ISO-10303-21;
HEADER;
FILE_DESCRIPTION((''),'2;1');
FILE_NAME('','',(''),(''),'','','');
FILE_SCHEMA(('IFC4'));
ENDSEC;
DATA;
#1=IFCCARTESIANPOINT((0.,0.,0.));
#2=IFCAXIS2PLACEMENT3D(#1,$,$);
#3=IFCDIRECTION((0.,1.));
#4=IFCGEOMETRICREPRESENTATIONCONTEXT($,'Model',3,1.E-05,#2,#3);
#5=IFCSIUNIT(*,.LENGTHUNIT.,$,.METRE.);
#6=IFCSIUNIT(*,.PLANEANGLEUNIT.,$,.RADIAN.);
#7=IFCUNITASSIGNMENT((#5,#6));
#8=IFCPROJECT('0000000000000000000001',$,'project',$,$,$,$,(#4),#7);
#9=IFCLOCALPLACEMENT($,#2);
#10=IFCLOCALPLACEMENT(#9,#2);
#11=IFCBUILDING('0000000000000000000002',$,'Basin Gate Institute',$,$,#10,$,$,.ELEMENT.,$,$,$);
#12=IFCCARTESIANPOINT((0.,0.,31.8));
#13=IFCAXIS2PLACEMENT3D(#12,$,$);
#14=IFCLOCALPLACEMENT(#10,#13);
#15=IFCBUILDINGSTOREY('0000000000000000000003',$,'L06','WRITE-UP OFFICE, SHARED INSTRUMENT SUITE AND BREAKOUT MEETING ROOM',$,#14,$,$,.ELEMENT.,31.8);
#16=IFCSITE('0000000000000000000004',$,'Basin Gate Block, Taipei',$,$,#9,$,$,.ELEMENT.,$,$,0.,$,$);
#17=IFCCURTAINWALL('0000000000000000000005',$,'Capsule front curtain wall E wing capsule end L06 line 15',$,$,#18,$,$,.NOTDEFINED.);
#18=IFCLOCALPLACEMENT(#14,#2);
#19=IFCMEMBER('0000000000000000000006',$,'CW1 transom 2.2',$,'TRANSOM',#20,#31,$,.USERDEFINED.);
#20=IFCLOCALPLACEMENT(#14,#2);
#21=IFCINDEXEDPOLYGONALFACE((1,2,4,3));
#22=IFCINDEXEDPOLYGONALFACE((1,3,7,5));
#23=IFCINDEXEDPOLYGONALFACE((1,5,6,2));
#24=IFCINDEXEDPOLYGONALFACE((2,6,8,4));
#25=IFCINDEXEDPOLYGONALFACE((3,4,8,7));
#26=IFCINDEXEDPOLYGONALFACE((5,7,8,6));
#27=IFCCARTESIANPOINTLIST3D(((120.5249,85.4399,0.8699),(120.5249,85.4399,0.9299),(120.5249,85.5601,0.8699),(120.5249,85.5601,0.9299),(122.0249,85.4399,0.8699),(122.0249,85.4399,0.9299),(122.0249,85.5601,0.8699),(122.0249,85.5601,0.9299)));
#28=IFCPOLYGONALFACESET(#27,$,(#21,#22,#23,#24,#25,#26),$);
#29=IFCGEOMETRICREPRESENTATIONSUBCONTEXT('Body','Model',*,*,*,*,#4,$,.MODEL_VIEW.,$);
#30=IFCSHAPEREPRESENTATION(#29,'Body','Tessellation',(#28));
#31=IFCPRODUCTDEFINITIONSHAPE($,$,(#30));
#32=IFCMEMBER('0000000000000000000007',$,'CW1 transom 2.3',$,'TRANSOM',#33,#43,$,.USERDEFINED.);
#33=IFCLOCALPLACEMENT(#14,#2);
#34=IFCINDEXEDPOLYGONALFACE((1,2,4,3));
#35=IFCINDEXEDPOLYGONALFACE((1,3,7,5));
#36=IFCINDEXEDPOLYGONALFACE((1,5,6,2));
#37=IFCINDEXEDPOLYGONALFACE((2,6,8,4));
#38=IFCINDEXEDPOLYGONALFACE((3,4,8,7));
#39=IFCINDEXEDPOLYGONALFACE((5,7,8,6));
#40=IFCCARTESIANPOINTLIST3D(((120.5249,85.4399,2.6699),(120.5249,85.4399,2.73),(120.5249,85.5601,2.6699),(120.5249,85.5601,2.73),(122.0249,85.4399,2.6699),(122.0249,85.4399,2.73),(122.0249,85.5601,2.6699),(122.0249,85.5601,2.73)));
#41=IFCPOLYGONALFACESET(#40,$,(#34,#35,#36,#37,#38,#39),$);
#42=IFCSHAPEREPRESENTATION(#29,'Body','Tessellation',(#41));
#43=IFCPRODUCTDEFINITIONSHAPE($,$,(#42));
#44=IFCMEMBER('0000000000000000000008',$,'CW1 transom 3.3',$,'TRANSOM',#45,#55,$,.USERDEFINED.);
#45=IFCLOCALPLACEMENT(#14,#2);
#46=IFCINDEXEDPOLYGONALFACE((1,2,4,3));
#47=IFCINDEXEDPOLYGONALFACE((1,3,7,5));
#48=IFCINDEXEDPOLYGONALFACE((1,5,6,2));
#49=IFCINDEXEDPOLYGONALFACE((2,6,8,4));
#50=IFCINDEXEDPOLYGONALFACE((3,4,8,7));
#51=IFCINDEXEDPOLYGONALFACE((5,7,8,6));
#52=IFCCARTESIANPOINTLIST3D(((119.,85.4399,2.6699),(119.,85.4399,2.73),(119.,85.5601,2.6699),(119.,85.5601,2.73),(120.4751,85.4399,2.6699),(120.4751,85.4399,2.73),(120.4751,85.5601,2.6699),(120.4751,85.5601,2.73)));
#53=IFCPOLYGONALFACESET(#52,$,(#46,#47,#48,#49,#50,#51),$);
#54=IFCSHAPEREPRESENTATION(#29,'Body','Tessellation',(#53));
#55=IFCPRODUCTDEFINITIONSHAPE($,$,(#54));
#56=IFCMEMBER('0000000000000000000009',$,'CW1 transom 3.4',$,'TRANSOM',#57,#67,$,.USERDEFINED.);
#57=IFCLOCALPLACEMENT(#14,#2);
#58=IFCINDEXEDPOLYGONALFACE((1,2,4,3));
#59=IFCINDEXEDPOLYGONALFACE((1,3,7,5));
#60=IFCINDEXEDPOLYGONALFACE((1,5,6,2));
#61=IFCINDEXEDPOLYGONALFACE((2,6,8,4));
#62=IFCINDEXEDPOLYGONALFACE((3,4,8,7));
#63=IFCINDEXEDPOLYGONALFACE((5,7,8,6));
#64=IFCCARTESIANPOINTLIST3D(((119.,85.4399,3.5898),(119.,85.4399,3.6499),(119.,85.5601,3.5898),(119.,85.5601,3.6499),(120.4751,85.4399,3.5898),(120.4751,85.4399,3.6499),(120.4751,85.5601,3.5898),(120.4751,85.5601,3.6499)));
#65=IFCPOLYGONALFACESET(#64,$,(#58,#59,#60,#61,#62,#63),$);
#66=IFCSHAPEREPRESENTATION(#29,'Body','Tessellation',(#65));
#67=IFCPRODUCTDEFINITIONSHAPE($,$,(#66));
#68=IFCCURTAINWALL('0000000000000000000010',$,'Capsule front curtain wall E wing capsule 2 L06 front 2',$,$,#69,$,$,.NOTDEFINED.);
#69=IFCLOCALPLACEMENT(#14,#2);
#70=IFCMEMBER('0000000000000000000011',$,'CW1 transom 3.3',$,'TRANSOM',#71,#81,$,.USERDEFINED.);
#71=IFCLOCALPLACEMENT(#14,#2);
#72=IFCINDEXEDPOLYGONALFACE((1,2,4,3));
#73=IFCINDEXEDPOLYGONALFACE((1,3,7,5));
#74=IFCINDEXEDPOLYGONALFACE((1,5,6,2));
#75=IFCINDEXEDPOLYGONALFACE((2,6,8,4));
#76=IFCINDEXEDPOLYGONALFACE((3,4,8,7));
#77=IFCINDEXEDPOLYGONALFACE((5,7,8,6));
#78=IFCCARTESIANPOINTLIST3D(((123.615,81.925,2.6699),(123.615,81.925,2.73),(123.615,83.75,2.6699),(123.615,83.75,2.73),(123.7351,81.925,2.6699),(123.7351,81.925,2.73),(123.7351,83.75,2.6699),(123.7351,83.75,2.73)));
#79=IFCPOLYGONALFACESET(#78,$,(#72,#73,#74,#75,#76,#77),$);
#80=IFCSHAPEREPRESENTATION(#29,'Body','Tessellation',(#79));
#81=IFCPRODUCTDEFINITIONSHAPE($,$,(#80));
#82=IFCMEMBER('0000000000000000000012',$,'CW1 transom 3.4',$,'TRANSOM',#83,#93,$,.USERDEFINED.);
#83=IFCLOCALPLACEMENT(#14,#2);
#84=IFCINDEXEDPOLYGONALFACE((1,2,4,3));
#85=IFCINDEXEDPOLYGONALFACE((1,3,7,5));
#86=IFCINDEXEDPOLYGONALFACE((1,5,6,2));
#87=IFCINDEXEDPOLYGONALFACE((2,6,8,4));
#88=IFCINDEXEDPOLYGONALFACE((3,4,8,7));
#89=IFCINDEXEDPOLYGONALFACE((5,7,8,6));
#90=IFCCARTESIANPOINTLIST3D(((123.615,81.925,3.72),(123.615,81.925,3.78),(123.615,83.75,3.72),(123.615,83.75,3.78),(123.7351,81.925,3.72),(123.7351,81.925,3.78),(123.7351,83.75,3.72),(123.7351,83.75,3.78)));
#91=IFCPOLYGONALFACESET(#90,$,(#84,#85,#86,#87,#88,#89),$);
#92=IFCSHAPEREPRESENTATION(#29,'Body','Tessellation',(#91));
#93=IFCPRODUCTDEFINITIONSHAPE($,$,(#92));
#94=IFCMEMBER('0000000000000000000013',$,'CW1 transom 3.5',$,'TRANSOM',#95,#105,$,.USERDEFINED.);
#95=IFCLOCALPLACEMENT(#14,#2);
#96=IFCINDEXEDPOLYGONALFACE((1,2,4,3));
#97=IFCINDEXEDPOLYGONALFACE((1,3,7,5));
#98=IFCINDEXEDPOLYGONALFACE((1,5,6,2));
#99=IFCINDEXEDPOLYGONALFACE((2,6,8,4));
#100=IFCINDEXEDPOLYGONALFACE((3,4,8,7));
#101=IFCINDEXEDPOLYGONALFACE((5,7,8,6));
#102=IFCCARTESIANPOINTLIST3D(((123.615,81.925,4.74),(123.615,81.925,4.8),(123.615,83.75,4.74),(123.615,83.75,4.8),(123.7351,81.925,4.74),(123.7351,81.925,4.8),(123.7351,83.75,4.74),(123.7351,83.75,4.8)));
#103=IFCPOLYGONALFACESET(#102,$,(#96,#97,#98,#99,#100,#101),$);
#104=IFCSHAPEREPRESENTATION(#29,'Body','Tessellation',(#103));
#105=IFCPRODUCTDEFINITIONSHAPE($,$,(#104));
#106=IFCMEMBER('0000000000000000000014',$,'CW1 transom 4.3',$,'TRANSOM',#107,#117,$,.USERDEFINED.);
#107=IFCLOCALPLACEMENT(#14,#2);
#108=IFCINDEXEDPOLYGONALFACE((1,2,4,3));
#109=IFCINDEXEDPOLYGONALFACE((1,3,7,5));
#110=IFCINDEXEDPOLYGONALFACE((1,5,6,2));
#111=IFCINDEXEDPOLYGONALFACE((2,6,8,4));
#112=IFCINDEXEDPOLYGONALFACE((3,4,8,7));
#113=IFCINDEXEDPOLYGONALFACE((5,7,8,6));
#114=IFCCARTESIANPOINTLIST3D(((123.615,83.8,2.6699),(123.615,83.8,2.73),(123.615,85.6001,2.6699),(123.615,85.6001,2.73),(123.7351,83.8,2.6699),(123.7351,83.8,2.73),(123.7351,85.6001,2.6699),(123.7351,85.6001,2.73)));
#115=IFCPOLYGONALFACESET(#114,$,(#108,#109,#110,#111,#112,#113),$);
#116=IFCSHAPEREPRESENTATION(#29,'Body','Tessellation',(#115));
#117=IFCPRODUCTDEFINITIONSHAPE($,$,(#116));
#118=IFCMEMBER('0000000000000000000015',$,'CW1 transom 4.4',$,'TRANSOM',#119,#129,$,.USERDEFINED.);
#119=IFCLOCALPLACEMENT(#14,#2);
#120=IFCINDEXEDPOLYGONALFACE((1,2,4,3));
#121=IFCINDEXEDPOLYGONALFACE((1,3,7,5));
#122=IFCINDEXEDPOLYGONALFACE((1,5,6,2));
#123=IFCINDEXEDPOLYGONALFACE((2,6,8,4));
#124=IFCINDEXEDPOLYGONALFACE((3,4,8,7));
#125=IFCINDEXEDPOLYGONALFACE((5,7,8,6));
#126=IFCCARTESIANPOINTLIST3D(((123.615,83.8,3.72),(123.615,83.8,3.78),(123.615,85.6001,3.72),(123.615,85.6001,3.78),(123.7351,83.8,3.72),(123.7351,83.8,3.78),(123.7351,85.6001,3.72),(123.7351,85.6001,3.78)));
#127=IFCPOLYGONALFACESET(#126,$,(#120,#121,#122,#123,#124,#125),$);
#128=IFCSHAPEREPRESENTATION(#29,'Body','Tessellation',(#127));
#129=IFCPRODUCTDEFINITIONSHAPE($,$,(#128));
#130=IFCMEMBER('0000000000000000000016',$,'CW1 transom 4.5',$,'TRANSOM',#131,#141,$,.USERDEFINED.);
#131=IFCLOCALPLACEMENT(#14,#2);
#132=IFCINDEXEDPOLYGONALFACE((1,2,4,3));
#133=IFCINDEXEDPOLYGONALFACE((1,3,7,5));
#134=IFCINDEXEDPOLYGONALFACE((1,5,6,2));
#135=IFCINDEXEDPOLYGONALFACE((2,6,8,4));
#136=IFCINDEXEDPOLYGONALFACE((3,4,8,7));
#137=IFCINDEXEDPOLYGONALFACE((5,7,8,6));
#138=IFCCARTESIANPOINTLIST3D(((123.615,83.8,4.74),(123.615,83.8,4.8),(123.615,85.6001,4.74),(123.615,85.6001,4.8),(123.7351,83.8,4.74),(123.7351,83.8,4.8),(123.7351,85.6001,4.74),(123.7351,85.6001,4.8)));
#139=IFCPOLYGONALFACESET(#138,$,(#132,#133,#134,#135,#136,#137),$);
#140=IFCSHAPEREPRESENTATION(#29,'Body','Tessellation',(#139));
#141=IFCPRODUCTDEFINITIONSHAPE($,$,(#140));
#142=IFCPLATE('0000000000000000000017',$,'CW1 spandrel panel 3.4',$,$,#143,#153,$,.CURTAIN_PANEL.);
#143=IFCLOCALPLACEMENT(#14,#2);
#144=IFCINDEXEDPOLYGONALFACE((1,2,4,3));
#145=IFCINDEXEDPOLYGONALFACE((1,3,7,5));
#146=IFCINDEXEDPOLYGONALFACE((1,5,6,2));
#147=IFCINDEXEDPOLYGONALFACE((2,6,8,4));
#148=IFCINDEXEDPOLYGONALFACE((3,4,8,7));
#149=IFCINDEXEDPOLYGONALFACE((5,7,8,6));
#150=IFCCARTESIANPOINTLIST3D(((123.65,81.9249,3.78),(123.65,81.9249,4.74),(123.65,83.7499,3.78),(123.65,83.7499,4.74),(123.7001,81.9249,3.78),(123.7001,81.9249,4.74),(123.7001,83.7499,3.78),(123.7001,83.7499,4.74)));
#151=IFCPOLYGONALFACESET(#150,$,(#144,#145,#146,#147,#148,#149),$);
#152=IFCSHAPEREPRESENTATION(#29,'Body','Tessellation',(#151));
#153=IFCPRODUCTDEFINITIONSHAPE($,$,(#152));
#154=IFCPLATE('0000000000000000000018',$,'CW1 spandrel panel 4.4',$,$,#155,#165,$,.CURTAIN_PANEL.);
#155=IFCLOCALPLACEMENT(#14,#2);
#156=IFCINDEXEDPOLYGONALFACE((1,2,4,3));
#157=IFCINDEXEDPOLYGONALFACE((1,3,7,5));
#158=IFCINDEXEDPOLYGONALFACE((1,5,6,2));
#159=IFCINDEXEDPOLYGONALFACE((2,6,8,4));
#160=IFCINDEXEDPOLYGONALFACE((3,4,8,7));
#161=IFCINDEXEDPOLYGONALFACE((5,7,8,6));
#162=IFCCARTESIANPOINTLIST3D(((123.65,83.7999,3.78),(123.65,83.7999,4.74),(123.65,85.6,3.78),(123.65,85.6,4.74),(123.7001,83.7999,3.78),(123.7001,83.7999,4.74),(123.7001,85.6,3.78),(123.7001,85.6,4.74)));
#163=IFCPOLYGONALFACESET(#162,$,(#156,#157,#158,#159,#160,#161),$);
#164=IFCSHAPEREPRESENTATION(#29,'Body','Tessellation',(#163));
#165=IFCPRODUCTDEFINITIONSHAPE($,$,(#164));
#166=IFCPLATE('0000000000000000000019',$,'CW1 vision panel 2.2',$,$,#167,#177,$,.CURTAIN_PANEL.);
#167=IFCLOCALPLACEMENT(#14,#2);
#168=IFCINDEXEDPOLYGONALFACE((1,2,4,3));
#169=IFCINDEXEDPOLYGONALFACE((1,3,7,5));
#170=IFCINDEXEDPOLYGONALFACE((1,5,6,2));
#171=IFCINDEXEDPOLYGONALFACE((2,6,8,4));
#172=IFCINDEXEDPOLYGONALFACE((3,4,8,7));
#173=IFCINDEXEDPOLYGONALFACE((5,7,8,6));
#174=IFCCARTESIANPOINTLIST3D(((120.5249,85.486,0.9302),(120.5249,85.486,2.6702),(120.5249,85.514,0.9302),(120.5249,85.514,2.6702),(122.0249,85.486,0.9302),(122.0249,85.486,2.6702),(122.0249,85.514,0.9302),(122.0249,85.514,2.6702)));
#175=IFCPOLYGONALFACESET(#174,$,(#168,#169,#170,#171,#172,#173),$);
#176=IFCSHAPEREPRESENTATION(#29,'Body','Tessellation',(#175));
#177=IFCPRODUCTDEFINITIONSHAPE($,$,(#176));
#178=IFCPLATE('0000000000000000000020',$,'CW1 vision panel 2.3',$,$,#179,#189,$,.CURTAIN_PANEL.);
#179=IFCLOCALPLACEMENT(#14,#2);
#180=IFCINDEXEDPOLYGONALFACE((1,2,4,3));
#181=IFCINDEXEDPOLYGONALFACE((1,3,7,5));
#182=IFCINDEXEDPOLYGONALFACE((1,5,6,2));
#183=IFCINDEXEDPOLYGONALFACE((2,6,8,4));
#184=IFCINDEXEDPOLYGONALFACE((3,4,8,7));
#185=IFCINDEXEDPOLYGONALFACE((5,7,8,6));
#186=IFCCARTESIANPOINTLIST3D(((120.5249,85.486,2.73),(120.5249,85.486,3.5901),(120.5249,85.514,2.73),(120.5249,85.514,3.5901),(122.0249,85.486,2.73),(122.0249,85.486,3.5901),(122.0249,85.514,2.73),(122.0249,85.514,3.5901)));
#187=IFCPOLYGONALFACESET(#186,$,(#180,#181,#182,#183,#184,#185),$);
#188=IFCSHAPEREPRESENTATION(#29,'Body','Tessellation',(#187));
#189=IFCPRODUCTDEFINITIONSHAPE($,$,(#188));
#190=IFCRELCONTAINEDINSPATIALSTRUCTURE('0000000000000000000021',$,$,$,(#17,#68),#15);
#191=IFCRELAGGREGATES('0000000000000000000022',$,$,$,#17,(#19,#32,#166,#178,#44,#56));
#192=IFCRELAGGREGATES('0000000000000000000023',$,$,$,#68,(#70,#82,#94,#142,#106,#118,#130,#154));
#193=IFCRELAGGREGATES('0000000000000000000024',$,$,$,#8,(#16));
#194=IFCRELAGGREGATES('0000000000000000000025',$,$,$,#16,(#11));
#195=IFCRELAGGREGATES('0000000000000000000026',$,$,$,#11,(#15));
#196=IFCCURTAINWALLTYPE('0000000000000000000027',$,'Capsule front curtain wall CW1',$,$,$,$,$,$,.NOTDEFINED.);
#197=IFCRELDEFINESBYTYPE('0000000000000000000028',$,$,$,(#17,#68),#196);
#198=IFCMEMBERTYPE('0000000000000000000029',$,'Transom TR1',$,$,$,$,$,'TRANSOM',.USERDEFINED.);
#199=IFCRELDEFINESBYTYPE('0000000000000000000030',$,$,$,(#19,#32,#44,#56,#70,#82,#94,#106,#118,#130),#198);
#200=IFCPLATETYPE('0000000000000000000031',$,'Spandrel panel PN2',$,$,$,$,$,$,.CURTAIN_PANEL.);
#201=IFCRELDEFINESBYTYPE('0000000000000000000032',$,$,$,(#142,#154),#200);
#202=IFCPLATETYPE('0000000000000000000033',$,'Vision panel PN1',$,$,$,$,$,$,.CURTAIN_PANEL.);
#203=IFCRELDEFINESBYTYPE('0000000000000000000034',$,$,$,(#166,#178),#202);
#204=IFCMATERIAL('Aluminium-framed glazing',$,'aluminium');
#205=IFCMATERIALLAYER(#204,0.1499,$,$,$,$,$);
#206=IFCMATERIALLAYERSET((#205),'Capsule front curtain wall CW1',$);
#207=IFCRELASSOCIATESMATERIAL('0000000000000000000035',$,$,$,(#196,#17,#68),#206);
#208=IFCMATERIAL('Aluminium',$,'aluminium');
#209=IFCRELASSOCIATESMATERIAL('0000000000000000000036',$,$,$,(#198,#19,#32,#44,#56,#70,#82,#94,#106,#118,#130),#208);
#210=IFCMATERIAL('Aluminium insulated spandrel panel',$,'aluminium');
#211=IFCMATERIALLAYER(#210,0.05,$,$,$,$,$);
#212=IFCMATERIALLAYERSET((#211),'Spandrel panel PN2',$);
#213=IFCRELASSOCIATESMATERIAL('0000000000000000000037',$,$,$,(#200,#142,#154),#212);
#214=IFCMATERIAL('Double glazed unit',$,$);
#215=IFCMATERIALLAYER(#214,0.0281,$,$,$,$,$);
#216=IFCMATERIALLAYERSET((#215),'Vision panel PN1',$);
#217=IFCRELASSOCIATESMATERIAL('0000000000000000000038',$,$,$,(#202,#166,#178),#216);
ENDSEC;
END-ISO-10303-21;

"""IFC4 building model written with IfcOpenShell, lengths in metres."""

from ifc_helpers import new_model, si_unit, direction, frame, origin, origin_2d, place, context, subcontext, project, spatial, rectangle, extrude, material, layer, layer_set, material_profile, profile_set, type_object, element, aggregate, save


model = new_model("IFC4")

# Units and contexts
model_context = context("Model", 3, precision=1e-05, world=origin(), true_north=direction((0.0, 1.0)))
body_context = subcontext(model_context, "Body", "Model", "MODEL_VIEW")
ifc_project = project(units=[si_unit("LENGTHUNIT", "METRE"), si_unit("PLANEANGLEUNIT", "RADIAN")], contexts=[model_context])

# Site, building, storey
site_placement = place(None, origin())
site = spatial("IfcSite", under=ifc_project, at=site_placement, Name="Basin Gate Block, Taipei", CompositionType="ELEMENT", RefElevation=0.0)
building_placement = place(site_placement, origin())
building = spatial("IfcBuilding", under=site, at=building_placement, Name="Basin Gate Institute", CompositionType="ELEMENT")
storey_placement = place(building_placement, frame((0.0, 0.0, 31.8)))
storey = spatial("IfcBuildingStorey", under=building, at=storey_placement, Name="L06", Description="WRITE-UP OFFICE, SHARED INSTRUMENT SUITE AND BREAKOUT MEETING ROOM", CompositionType="ELEMENT", Elevation=31.8)

# Curtain wall, members
ifc_material_1 = material(Name="Aluminium-framed glazing", Category="aluminium")
ifc_layer_1 = layer(ifc_material_1, 0.1499)
ifc_layer_set_1 = layer_set([ifc_layer_1], Name="Capsule front curtain wall CW1")
curtain_wall_type = type_object("IfcCurtainWallType", Name="Capsule front curtain wall CW1", PredefinedType="NOTDEFINED", material=ifc_layer_set_1)
curtain_wall_1_placement = place(storey_placement, origin())
curtain_wall_1 = element("IfcCurtainWall", 1, at=curtain_wall_1_placement, inside=storey, type_object=curtain_wall_type, material=ifc_layer_set_1, Name="Capsule front curtain wall E wing capsule end L06 line 15", PredefinedType="NOTDEFINED")
ifc_material_2 = material(Name="Aluminium", Category="aluminium")
ifc_material_profile = material_profile(ifc_material_2, rectangle(XDim=0.1201, YDim=0.0601, at=origin_2d()), Name="Transom TR1 120 x 60")
ifc_profile_set = profile_set([ifc_material_profile], Name="Aluminium")
member_type = type_object("IfcMemberType", Name="Transom TR1", ElementType="TRANSOM", PredefinedType="USERDEFINED", material=ifc_profile_set)
member_1_placement = place(storey_placement, frame((122.0249, 85.5, 0.8999), z_axis=(-1.0, 0.0, 0.0), x_axis=(0.0, -1.0, 0.0)))
member_1 = element("IfcMember", 2, at=member_1_placement, type_object=member_type, material=ifc_profile_set, Name="CW1 transom 2.2", ObjectType="TRANSOM", PredefinedType="USERDEFINED", context=body_context, shape_type="SweptSolid", body=[
    extrude(rectangle(XDim=0.1201, YDim=0.0601, at=origin_2d()), origin(), (0.0, 0.0, 1.0), 1.5),
])
member_2_placement = place(storey_placement, frame((122.0249, 85.5, 2.7), z_axis=(-1.0, 0.0, 0.0), x_axis=(0.0, -1.0, 0.0)))
member_2 = element("IfcMember", 3, at=member_2_placement, type_object=member_type, material=ifc_profile_set, Name="CW1 transom 2.3", ObjectType="TRANSOM", PredefinedType="USERDEFINED", context=body_context, shape_type="SweptSolid", body=[
    extrude(rectangle(XDim=0.1201, YDim=0.0601, at=origin_2d()), origin(), (0.0, 0.0, 1.0), 1.5),
])
member_3_placement = place(storey_placement, frame((120.4751, 85.5, 2.7), z_axis=(-1.0, 0.0, 0.0), x_axis=(0.0, -1.0, 0.0)))
member_3 = element("IfcMember", 4, at=member_3_placement, type_object=member_type, material=ifc_profile_set, Name="CW1 transom 3.3", ObjectType="TRANSOM", PredefinedType="USERDEFINED", context=body_context, shape_type="SweptSolid", body=[
    extrude(rectangle(XDim=0.1201, YDim=0.0601, at=origin_2d()), origin(), (0.0, 0.0, 1.0), 1.4751),
])
member_4_placement = place(storey_placement, frame((120.4751, 85.5, 3.6199), z_axis=(-1.0, 0.0, 0.0), x_axis=(0.0, -1.0, 0.0)))
member_4 = element("IfcMember", 5, at=member_4_placement, type_object=member_type, material=ifc_profile_set, Name="CW1 transom 3.4", ObjectType="TRANSOM", PredefinedType="USERDEFINED", context=body_context, shape_type="SweptSolid", body=[
    extrude(rectangle(XDim=0.1201, YDim=0.0601, at=origin_2d()), origin(), (0.0, 0.0, 1.0), 1.4751),
])

# Curtain wall, members, plates
curtain_wall_2_placement = place(storey_placement, origin())
curtain_wall_2 = element("IfcCurtainWall", 6, at=curtain_wall_2_placement, inside=storey, type_object=curtain_wall_type, material=ifc_layer_set_1, Name="Capsule front curtain wall E wing capsule 2 L06 front 2", PredefinedType="NOTDEFINED")
member_5_placement = place(storey_placement, frame((123.675, 81.925, 2.7), z_axis=(0.0, 1.0, 0.0), x_axis=(-1.0, 0.0, 0.0)))
member_5 = element("IfcMember", 7, at=member_5_placement, type_object=member_type, material=ifc_profile_set, Name="CW1 transom 3.3", ObjectType="TRANSOM", PredefinedType="USERDEFINED", context=body_context, shape_type="SweptSolid", body=[
    extrude(rectangle(XDim=0.1201, YDim=0.0601, at=origin_2d()), origin(), (0.0, 0.0, 1.0), 1.825),
])
member_6_placement = place(storey_placement, frame((123.675, 81.925, 3.75), z_axis=(0.0, 1.0, 0.0), x_axis=(-1.0, 0.0, 0.0)))
member_6 = element("IfcMember", 8, at=member_6_placement, type_object=member_type, material=ifc_profile_set, Name="CW1 transom 3.4", ObjectType="TRANSOM", PredefinedType="USERDEFINED", context=body_context, shape_type="SweptSolid", body=[
    extrude(rectangle(XDim=0.1201, YDim=0.0601, at=origin_2d()), origin(), (0.0, 0.0, 1.0), 1.825),
])
member_7_placement = place(storey_placement, frame((123.675, 81.925, 4.77), z_axis=(0.0, 1.0, 0.0), x_axis=(-1.0, 0.0, 0.0)))
member_7 = element("IfcMember", 9, at=member_7_placement, type_object=member_type, material=ifc_profile_set, Name="CW1 transom 3.5", ObjectType="TRANSOM", PredefinedType="USERDEFINED", context=body_context, shape_type="SweptSolid", body=[
    extrude(rectangle(XDim=0.1201, YDim=0.0601, at=origin_2d()), origin(), (0.0, 0.0, 1.0), 1.825),
])
member_8_placement = place(storey_placement, frame((123.675, 83.8, 2.7), z_axis=(0.0, 1.0, 0.0), x_axis=(-1.0, 0.0, 0.0)))
member_8 = element("IfcMember", 10, at=member_8_placement, type_object=member_type, material=ifc_profile_set, Name="CW1 transom 4.3", ObjectType="TRANSOM", PredefinedType="USERDEFINED", context=body_context, shape_type="SweptSolid", body=[
    extrude(rectangle(XDim=0.1201, YDim=0.0601, at=origin_2d()), origin(), (0.0, 0.0, 1.0), 1.8),
])
member_9_placement = place(storey_placement, frame((123.675, 83.8, 3.75), z_axis=(0.0, 1.0, 0.0), x_axis=(-1.0, 0.0, 0.0)))
member_9 = element("IfcMember", 11, at=member_9_placement, type_object=member_type, material=ifc_profile_set, Name="CW1 transom 4.4", ObjectType="TRANSOM", PredefinedType="USERDEFINED", context=body_context, shape_type="SweptSolid", body=[
    extrude(rectangle(XDim=0.1201, YDim=0.0601, at=origin_2d()), origin(), (0.0, 0.0, 1.0), 1.8),
])
member_10_placement = place(storey_placement, frame((123.675, 83.8, 4.77), z_axis=(0.0, 1.0, 0.0), x_axis=(-1.0, 0.0, 0.0)))
member_10 = element("IfcMember", 12, at=member_10_placement, type_object=member_type, material=ifc_profile_set, Name="CW1 transom 4.5", ObjectType="TRANSOM", PredefinedType="USERDEFINED", context=body_context, shape_type="SweptSolid", body=[
    extrude(rectangle(XDim=0.1201, YDim=0.0601, at=origin_2d()), origin(), (0.0, 0.0, 1.0), 1.8),
])
ifc_material_3 = material(Name="Aluminium insulated spandrel panel", Category="aluminium")
ifc_layer_2 = layer(ifc_material_3, 0.05)
ifc_layer_set_2 = layer_set([ifc_layer_2], Name="Spandrel panel PN2")
plate_type_1 = type_object("IfcPlateType", Name="Spandrel panel PN2", PredefinedType="CURTAIN_PANEL", material=ifc_layer_set_2)
plate_1_placement = place(storey_placement, frame((123.675, 82.8374, 3.78), z_axis=(0.0, 0.0, 1.0), x_axis=(0.0, 1.0, 0.0)))
plate_1 = element("IfcPlate", 13, at=plate_1_placement, type_object=plate_type_1, material=ifc_layer_set_2, Name="CW1 spandrel panel 3.4", PredefinedType="CURTAIN_PANEL", context=body_context, shape_type="SweptSolid", body=[
    extrude(rectangle(XDim=1.825, YDim=0.05, at=origin_2d()), origin(), (0.0, 0.0, 1.0), 0.96),
])
plate_2_placement = place(storey_placement, frame((123.675, 84.7, 3.78), z_axis=(0.0, 0.0, 1.0), x_axis=(0.0, 1.0, 0.0)))
plate_2 = element("IfcPlate", 14, at=plate_2_placement, type_object=plate_type_1, material=ifc_layer_set_2, Name="CW1 spandrel panel 4.4", PredefinedType="CURTAIN_PANEL", context=body_context, shape_type="SweptSolid", body=[
    extrude(rectangle(XDim=1.8, YDim=0.05, at=origin_2d()), origin(), (0.0, 0.0, 1.0), 0.96),
])

# Plates
ifc_material_4 = material(Name="Double glazed unit")
ifc_layer_3 = layer(ifc_material_4, 0.0281)
ifc_layer_set_3 = layer_set([ifc_layer_3], Name="Vision panel PN1")
plate_type_2 = type_object("IfcPlateType", Name="Vision panel PN1", PredefinedType="CURTAIN_PANEL", material=ifc_layer_set_3)
plate_3_placement = place(storey_placement, frame((121.2749, 85.5, 0.9302), z_axis=(0.0, 0.0, 1.0), x_axis=(-1.0, 0.0, 0.0)))
plate_3 = element("IfcPlate", 15, at=plate_3_placement, type_object=plate_type_2, material=ifc_layer_set_3, Name="CW1 vision panel 2.2", PredefinedType="CURTAIN_PANEL", context=body_context, shape_type="SweptSolid", body=[
    extrude(rectangle(XDim=1.5, YDim=0.0281, at=origin_2d()), origin(), (0.0, 0.0, 1.0), 1.74),
])
plate_4_placement = place(storey_placement, frame((121.2749, 85.5, 2.73), z_axis=(0.0, 0.0, 1.0), x_axis=(-1.0, 0.0, 0.0)))
plate_4 = element("IfcPlate", 16, at=plate_4_placement, type_object=plate_type_2, material=ifc_layer_set_3, Name="CW1 vision panel 2.3", PredefinedType="CURTAIN_PANEL", context=body_context, shape_type="SweptSolid", body=[
    extrude(rectangle(XDim=1.5, YDim=0.0281, at=origin_2d()), origin(), (0.0, 0.0, 1.0), 0.8601),
])
aggregate(curtain_wall_1, [member_1, member_2, plate_3, plate_4, member_3, member_4])
aggregate(curtain_wall_2, [member_5, member_6, member_7, plate_1, member_8, member_9, member_10, plate_2])

save(model, "model.ifc")
